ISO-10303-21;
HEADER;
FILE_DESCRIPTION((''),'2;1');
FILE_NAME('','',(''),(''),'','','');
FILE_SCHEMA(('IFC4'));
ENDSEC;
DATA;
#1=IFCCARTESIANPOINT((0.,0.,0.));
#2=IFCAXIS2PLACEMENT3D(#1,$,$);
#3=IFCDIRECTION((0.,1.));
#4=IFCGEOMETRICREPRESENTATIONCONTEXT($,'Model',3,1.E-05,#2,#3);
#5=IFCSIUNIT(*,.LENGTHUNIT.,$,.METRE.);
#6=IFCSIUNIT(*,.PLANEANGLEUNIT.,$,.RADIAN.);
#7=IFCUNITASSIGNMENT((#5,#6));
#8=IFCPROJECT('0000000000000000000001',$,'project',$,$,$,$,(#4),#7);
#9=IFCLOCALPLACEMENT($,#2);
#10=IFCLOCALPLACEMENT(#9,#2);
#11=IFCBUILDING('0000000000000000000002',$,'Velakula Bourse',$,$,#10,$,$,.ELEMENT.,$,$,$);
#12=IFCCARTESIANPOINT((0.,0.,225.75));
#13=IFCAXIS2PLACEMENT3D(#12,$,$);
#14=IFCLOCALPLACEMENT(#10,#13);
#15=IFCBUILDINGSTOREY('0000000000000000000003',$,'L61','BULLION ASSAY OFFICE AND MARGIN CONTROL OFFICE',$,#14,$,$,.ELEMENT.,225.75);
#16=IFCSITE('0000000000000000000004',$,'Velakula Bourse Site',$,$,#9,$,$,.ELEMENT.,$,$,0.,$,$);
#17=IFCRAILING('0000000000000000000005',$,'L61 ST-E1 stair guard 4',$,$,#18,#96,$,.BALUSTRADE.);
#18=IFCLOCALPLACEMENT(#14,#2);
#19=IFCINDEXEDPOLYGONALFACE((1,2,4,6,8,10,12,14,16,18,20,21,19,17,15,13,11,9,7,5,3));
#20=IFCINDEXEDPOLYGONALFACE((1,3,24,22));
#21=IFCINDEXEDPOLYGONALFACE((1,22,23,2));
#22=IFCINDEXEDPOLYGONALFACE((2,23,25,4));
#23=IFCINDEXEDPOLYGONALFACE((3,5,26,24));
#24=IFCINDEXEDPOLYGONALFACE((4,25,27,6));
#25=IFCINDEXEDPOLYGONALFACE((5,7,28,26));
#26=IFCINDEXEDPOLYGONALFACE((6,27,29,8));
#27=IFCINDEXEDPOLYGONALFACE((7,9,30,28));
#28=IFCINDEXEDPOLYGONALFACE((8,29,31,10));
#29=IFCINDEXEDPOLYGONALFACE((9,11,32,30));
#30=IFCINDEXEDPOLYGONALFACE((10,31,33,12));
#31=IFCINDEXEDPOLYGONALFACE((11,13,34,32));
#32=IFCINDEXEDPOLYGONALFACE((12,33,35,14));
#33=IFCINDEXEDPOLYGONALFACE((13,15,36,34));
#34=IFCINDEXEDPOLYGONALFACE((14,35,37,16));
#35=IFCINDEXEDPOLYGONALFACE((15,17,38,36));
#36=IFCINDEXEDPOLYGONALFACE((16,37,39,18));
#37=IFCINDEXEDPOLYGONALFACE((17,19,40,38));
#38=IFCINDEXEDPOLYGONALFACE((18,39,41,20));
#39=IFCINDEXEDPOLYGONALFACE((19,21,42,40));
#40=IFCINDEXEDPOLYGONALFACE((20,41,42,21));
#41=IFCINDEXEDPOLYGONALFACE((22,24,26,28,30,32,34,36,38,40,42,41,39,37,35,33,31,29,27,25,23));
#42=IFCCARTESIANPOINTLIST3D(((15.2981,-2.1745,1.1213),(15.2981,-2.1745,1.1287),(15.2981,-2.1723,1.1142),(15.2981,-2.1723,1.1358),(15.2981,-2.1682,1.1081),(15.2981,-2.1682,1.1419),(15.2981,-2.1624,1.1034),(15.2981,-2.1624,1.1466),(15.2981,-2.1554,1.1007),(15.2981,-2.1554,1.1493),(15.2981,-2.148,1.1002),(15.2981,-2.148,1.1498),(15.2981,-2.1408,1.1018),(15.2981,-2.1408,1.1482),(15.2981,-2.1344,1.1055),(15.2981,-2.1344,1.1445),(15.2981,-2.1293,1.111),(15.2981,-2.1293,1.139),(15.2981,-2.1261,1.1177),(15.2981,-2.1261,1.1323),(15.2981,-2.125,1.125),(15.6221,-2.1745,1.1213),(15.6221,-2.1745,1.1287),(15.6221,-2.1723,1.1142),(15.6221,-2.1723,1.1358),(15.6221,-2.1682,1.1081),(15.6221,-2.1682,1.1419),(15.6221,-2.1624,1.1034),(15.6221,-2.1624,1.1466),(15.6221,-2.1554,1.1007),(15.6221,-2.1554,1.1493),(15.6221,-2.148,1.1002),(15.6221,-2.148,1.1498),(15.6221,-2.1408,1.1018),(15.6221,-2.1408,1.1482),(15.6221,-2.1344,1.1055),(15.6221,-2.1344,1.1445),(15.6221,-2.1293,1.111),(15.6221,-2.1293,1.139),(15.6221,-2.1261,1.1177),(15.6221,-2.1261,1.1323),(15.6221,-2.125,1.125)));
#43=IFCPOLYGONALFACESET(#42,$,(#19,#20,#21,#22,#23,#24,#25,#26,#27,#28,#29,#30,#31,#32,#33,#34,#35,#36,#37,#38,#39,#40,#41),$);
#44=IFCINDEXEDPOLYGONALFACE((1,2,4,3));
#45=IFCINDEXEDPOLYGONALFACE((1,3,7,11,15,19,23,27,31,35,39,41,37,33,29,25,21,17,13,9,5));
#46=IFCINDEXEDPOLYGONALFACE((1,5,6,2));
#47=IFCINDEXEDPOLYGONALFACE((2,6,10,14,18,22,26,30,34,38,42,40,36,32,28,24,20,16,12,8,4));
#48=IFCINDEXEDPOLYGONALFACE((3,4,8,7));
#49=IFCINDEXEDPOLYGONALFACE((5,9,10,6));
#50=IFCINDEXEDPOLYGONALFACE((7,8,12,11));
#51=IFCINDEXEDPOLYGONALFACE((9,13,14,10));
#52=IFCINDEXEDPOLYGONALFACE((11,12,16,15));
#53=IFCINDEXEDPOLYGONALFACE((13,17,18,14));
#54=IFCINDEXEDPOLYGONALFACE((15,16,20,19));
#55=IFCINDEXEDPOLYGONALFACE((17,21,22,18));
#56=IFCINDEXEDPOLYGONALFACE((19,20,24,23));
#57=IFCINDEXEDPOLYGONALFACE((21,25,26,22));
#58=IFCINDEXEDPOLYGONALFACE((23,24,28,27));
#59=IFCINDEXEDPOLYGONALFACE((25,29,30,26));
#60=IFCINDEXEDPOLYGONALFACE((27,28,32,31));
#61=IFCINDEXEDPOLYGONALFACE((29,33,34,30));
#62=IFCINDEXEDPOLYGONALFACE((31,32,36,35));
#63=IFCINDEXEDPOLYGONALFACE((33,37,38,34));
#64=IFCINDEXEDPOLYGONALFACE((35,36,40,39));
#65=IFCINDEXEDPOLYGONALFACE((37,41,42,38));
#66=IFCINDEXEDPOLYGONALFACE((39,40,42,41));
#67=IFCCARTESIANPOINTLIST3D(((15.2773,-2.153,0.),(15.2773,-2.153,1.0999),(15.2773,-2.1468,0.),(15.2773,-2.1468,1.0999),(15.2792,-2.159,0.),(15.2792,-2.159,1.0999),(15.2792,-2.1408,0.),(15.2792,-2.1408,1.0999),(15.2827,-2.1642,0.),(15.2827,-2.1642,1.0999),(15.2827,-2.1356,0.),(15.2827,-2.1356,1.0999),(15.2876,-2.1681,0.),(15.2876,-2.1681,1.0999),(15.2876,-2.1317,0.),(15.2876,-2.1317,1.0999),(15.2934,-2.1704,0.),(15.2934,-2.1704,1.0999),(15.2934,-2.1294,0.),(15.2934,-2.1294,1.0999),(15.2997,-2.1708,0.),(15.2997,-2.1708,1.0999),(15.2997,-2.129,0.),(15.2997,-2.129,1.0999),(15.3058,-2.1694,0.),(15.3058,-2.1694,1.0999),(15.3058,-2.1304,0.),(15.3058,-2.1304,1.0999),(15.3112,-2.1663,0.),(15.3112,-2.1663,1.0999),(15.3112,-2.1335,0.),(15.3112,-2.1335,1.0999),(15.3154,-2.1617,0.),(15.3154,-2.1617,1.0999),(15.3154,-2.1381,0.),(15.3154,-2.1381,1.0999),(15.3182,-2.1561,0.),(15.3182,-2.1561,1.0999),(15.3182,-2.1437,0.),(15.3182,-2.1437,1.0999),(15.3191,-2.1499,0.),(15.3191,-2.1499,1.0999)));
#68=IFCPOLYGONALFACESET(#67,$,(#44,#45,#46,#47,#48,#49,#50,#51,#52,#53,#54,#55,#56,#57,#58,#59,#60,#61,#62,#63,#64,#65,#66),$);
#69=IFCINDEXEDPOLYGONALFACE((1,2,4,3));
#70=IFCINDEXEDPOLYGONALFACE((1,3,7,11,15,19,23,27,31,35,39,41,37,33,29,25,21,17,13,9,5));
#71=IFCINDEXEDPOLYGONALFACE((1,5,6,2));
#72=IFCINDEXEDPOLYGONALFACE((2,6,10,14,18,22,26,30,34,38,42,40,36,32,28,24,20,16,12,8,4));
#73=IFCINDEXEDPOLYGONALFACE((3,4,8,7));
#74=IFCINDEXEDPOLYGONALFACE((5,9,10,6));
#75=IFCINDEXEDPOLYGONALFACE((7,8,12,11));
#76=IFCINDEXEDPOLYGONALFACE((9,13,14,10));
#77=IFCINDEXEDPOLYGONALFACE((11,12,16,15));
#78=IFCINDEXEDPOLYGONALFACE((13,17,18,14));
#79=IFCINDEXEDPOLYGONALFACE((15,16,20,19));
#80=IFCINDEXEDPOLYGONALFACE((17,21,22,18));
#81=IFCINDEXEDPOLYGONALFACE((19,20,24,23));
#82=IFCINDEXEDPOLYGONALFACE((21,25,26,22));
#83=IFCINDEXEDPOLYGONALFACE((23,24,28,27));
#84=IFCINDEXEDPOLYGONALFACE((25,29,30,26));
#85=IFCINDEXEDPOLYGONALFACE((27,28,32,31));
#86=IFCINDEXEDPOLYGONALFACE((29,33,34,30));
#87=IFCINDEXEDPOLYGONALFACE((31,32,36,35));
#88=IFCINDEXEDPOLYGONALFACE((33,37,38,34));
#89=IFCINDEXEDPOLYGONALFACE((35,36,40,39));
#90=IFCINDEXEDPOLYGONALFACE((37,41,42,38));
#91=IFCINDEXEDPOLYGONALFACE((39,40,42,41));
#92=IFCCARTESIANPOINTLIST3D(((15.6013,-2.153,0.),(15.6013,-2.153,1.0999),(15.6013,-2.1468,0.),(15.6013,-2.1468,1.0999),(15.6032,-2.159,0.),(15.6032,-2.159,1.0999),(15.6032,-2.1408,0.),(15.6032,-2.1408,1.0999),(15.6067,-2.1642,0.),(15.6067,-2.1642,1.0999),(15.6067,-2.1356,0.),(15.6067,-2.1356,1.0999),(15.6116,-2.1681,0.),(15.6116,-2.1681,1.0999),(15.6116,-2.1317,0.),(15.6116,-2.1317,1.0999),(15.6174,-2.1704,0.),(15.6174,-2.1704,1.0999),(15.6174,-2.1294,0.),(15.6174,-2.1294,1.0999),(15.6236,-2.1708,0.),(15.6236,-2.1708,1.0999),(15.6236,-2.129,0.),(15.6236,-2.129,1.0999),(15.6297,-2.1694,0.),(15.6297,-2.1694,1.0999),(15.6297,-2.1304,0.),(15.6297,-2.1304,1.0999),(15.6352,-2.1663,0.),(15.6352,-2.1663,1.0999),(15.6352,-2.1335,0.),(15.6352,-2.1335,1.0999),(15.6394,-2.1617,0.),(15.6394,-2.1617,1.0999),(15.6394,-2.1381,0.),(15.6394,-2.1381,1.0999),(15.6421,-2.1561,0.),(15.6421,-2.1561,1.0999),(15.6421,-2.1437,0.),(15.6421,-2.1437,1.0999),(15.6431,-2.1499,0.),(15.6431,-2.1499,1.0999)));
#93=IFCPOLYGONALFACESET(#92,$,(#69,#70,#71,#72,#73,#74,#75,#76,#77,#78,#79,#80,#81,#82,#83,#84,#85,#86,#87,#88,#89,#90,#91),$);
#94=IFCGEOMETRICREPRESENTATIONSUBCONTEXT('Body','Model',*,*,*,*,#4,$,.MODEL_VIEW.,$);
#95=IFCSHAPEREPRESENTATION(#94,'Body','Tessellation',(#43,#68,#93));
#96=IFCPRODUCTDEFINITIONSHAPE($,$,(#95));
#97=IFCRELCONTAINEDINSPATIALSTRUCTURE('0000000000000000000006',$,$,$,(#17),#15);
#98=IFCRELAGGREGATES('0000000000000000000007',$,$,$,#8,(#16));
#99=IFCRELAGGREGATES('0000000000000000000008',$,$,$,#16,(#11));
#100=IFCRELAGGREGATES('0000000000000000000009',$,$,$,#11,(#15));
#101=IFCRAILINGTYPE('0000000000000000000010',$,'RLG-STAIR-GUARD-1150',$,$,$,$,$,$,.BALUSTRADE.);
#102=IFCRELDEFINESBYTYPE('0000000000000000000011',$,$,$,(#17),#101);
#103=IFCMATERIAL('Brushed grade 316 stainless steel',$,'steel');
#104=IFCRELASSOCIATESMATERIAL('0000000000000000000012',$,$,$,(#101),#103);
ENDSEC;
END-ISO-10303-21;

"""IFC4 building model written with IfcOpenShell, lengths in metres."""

from ifc_helpers import new_model, si_unit, direction, frame, origin, origin_2d, place, context, subcontext, project, spatial, circle, extrude, material, type_object, element, save


model = new_model("IFC4")

# Units and contexts
model_context = context("Model", 3, precision=1e-05, world=origin(), true_north=direction((0.0, 1.0)))
body_context = subcontext(model_context, "Body", "Model", "MODEL_VIEW")
ifc_project = project(units=[si_unit("LENGTHUNIT", "METRE"), si_unit("PLANEANGLEUNIT", "RADIAN")], contexts=[model_context])

# Site, building, storey
site_placement = place(None, origin())
site = spatial("IfcSite", under=ifc_project, at=site_placement, Name="Velakula Bourse Site", CompositionType="ELEMENT", RefElevation=0.0)
building_placement = place(site_placement, origin())
building = spatial("IfcBuilding", under=site, at=building_placement, Name="Velakula Bourse", CompositionType="ELEMENT")
storey_placement = place(building_placement, frame((0.0, 0.0, 225.75)))
storey = spatial("IfcBuildingStorey", under=building, at=storey_placement, Name="L61", Description="BULLION ASSAY OFFICE AND MARGIN CONTROL OFFICE", CompositionType="ELEMENT", Elevation=225.75)

# Shared definitions
ifc_material_1 = material(Name="Brushed grade 316 stainless steel", Category="steel")

# Railing
railing_type_1 = type_object("IfcRailingType", Name="RLG-STAIR-GUARD-1150", PredefinedType="BALUSTRADE", material=ifc_material_1)
railing_1_placement = place(storey_placement, frame((15.2981, -2.1499, 0.0)))
element("IfcRailing", 1, at=railing_1_placement, inside=storey, type_object=railing_type_1, Name="L61 ST-E1 stair guard 4", PredefinedType="BALUSTRADE", context=body_context, shape_type="SweptSolid", body=[
    extrude(circle(Radius=0.0249, at=origin_2d()), frame((0.0, 0.0, 1.125), z_axis=(1.0, 0.0, 0.0), x_axis=(0.0, 1.0, 0.0)), (0.0, 0.0, 1.0), 0.324),
    extrude(circle(Radius=0.021, at=origin_2d()), origin(), (0.0, 0.0, 1.0), 1.0999),
    extrude(circle(Radius=0.021, at=origin_2d()), frame((0.324, 0.0, 0.0)), (0.0, 0.0, 1.0), 1.0999),
])

save(model, "model.ifc")
